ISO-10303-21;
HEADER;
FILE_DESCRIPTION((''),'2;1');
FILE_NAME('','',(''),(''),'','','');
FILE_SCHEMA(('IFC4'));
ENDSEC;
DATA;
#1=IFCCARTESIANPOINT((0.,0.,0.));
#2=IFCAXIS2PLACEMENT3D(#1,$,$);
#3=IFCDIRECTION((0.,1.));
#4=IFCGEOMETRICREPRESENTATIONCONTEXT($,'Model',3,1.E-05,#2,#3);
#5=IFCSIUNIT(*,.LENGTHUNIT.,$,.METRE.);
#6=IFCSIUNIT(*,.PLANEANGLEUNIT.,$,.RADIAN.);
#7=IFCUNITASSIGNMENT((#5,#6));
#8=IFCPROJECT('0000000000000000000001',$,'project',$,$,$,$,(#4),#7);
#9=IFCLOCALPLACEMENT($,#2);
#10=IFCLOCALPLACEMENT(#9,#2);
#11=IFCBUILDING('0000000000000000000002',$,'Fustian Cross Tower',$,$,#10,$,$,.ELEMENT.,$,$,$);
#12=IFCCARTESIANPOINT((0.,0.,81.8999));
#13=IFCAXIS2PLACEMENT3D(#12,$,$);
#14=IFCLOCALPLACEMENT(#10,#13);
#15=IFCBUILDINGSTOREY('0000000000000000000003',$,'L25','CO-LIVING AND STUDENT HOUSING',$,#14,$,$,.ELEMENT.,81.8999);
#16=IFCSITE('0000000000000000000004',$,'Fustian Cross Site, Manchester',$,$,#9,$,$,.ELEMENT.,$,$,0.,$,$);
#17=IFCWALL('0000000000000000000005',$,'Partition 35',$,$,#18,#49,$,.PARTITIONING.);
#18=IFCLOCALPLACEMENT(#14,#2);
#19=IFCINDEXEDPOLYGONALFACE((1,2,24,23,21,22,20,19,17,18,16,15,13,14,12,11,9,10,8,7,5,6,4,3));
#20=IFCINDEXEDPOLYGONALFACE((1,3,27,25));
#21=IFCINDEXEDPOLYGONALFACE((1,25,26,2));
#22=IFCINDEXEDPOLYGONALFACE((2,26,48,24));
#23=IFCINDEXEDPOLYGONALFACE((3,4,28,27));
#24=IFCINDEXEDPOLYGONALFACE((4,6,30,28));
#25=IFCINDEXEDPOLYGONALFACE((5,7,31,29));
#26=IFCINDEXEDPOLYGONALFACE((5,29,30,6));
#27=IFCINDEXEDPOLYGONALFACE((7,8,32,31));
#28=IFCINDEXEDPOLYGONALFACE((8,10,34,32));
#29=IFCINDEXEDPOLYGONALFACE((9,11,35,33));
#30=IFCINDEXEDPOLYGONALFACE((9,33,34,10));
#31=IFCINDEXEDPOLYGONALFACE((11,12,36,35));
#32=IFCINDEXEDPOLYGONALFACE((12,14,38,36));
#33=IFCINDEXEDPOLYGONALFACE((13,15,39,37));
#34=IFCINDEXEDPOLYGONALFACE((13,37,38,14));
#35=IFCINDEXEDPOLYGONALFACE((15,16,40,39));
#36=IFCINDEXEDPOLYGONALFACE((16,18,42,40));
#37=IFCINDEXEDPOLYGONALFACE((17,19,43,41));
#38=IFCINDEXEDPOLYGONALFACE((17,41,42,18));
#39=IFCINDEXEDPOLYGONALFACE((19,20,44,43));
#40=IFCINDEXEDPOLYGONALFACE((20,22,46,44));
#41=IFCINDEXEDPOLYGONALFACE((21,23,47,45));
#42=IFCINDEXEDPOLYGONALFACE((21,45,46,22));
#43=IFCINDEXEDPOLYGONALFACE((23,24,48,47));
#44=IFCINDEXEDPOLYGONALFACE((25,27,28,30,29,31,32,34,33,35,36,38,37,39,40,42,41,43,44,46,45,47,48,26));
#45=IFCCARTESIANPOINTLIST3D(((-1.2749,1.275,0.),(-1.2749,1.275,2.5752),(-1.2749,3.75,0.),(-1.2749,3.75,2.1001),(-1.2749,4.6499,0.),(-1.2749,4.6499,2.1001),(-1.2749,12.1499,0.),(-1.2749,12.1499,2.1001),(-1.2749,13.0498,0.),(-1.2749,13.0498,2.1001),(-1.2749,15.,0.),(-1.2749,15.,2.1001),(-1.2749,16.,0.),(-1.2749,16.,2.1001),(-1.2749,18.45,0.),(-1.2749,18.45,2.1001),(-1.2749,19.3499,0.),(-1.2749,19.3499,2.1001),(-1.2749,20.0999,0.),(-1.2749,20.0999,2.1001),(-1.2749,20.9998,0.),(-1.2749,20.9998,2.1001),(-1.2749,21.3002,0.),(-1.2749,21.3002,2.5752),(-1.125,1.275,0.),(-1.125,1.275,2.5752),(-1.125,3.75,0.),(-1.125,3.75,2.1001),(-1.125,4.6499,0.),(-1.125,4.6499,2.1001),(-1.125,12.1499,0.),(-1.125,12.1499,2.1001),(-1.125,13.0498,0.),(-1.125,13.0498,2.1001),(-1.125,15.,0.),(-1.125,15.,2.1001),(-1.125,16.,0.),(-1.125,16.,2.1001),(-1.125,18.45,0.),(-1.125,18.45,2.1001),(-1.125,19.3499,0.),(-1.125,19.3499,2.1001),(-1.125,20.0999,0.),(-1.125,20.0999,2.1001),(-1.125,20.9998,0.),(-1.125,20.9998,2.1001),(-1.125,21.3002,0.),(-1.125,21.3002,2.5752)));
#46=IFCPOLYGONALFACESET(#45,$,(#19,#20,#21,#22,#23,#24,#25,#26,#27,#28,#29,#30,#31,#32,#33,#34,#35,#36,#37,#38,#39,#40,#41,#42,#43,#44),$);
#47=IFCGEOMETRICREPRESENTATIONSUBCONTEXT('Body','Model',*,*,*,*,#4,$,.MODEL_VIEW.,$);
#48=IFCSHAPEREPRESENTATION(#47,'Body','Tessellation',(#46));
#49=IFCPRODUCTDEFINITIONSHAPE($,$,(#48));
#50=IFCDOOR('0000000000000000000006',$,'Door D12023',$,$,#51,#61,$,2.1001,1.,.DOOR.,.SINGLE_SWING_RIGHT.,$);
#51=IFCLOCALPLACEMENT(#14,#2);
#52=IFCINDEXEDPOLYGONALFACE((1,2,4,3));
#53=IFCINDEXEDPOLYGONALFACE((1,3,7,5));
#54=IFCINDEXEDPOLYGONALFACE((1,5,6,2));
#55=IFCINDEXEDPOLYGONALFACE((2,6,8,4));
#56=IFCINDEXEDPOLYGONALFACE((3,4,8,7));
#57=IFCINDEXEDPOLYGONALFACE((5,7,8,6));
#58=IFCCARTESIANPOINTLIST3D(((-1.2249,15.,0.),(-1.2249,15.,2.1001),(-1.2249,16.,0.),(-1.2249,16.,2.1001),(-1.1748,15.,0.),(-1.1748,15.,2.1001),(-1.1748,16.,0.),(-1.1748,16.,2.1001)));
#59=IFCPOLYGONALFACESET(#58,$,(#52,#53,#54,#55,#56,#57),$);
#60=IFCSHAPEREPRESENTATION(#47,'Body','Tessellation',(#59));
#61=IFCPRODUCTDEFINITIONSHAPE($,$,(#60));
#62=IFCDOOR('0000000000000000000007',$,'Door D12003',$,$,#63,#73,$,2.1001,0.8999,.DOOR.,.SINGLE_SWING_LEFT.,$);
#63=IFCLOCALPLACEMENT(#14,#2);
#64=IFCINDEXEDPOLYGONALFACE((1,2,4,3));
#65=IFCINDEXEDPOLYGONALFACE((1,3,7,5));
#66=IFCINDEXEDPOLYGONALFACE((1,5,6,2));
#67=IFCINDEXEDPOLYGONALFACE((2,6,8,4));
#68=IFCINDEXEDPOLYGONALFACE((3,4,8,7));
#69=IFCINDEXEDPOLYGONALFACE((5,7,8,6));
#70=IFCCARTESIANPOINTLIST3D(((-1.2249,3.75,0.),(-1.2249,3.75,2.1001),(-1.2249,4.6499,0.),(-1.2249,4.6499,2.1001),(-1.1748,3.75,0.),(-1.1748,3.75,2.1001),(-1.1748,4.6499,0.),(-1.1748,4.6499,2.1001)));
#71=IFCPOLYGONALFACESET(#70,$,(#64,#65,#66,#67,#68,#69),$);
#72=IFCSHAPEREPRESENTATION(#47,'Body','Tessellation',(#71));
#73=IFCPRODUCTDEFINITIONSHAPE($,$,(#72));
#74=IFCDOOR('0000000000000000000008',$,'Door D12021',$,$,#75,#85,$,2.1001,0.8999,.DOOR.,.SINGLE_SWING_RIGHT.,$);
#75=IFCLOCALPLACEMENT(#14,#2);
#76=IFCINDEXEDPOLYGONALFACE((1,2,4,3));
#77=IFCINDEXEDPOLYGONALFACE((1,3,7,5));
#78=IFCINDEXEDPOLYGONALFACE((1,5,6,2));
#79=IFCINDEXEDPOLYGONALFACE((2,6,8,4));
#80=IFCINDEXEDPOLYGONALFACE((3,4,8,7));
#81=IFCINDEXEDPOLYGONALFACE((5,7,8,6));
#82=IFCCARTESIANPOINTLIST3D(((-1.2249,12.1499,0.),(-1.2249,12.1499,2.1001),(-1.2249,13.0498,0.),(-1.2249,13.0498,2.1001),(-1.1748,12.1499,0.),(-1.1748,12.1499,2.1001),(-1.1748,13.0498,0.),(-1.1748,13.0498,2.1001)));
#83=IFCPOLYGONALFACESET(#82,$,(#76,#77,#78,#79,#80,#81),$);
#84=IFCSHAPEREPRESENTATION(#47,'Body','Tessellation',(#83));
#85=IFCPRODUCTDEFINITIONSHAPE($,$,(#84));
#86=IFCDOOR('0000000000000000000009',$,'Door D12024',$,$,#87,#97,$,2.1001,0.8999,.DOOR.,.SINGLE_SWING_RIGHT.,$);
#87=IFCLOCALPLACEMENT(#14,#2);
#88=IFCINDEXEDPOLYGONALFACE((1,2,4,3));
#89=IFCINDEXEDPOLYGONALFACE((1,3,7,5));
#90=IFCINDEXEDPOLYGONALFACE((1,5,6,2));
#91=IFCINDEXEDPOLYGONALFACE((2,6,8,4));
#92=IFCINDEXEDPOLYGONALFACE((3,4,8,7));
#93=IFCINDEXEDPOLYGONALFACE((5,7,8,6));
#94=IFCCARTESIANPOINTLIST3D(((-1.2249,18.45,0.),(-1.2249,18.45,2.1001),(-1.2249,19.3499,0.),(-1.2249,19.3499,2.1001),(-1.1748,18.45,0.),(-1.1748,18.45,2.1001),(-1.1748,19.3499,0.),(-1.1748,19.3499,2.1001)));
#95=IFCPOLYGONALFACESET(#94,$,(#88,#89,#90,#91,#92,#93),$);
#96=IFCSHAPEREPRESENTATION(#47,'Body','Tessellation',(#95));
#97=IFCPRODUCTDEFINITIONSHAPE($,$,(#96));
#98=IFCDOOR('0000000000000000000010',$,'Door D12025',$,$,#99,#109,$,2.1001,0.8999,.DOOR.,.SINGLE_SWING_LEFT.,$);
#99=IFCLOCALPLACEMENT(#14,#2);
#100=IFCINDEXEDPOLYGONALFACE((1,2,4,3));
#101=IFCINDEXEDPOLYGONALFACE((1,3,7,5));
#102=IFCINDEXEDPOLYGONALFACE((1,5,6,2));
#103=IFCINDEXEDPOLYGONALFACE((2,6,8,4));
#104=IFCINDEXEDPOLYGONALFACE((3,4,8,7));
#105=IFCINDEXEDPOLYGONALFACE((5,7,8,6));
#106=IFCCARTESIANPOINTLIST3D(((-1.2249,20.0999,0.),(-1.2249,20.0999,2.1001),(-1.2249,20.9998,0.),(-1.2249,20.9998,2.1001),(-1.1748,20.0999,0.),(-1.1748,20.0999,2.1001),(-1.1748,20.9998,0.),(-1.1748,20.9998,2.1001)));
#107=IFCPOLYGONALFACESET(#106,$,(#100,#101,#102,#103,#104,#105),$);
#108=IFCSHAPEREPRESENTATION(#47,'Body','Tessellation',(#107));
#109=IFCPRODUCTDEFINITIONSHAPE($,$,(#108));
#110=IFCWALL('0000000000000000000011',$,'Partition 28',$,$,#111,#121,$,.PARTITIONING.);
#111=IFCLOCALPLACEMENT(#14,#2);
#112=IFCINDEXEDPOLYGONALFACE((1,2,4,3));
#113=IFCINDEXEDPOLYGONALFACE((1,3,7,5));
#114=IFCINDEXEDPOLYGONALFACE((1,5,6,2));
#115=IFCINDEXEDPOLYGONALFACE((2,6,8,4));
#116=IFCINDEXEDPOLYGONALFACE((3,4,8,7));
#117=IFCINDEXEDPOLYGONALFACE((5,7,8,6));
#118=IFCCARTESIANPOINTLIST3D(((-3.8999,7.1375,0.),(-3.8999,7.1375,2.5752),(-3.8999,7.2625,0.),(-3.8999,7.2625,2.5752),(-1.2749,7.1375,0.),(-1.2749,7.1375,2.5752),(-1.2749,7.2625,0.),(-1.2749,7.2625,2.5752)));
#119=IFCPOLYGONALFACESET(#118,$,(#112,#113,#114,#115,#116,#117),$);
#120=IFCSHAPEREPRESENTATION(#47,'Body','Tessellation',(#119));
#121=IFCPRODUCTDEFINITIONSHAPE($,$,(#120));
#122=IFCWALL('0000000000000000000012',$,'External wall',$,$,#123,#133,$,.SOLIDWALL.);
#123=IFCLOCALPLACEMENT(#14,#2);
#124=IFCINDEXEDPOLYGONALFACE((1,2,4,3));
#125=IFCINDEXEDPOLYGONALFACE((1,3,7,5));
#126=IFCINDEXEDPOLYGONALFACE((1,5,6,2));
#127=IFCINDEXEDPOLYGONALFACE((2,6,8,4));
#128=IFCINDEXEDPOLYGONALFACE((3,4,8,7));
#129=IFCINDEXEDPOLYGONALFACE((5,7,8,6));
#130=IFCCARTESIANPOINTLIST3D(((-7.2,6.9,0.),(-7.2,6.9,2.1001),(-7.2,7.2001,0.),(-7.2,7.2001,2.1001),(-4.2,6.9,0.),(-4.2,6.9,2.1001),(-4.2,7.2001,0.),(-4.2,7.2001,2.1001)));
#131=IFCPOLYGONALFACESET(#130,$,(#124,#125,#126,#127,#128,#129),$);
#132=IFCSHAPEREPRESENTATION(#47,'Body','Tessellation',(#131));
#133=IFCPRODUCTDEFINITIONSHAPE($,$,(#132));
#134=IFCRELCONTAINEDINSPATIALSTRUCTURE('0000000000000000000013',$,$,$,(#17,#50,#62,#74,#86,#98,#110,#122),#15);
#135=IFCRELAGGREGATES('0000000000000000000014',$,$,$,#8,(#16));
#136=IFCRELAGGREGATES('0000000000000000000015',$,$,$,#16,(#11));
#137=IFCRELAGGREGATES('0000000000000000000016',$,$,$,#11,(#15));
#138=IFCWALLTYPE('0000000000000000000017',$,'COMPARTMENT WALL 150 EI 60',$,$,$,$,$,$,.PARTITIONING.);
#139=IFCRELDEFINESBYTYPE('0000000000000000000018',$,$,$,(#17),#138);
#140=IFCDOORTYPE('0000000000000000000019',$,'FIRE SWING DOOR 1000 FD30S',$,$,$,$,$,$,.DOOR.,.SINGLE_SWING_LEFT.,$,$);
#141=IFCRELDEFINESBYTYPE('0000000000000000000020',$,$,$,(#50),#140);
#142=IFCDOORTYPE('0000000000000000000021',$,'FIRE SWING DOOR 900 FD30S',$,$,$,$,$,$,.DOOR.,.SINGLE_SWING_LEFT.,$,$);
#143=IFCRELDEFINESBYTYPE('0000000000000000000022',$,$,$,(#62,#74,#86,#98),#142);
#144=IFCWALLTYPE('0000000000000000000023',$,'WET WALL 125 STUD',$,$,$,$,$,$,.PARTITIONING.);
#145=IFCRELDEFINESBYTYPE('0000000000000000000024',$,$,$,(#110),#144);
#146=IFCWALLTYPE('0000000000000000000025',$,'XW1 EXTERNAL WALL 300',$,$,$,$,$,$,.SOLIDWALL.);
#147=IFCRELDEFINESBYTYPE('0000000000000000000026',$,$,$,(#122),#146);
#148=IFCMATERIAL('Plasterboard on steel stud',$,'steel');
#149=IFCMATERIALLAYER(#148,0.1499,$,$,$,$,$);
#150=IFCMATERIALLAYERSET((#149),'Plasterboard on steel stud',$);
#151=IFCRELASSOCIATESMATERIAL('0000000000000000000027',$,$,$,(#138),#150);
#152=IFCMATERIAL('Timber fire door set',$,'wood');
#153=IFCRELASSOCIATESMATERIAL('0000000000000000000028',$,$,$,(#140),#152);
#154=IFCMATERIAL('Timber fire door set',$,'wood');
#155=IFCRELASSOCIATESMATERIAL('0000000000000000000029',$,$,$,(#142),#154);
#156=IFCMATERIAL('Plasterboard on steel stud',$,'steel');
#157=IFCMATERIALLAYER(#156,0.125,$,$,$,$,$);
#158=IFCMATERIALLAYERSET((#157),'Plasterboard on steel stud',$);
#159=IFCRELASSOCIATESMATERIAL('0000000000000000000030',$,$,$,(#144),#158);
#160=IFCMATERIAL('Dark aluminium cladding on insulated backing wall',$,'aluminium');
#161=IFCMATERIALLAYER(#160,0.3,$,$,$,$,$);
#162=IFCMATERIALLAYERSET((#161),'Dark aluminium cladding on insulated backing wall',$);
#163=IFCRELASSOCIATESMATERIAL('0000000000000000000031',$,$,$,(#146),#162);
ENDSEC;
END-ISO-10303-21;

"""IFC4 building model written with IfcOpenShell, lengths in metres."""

from ifc_helpers import new_model, si_unit, direction, frame, frame_2d, origin, place, context, subcontext, project, spatial, rectangle, extrude, material, layer, layer_set, type_object, element, fill, save


model = new_model("IFC4")

# Units and contexts
model_context = context("Model", 3, precision=1e-05, world=origin(), true_north=direction((0.0, 1.0)))
body_context = subcontext(model_context, "Body", "Model", "MODEL_VIEW")
ifc_project = project(units=[si_unit("LENGTHUNIT", "METRE"), si_unit("PLANEANGLEUNIT", "RADIAN")], contexts=[model_context])

# Site, building, storey
site_placement = place(None, origin())
site = spatial("IfcSite", under=ifc_project, at=site_placement, Name="Fustian Cross Site, Manchester", CompositionType="ELEMENT", RefElevation=0.0)
building_placement = place(site_placement, origin())
building = spatial("IfcBuilding", under=site, at=building_placement, Name="Fustian Cross Tower", CompositionType="ELEMENT")
storey_placement = place(building_placement, frame((0.0, 0.0, 81.8999)))
storey = spatial("IfcBuildingStorey", under=building, at=storey_placement, Name="L25", Description="CO-LIVING AND STUDENT HOUSING", CompositionType="ELEMENT", Elevation=81.8999)

# Wall, openings, doors
ifc_material_1 = material(Name="Plasterboard on steel stud", Category="steel")
ifc_layer_1 = layer(ifc_material_1, 0.1499)
ifc_layer_set_1 = layer_set([ifc_layer_1], Name="Plasterboard on steel stud")
wall_type_1 = type_object("IfcWallType", Name="COMPARTMENT WALL 150 EI 60", PredefinedType="PARTITIONING", material=ifc_layer_set_1)
wall_1_placement = place(storey_placement, frame((-1.2, 1.2749, 0.0), z_axis=(0.0, 0.0, 1.0), x_axis=(0.0, 1.0, 0.0)))
wall_1 = element("IfcWall", 1, at=wall_1_placement, inside=storey, type_object=wall_type_1, Name="Partition 35", PredefinedType="PARTITIONING", context=body_context, shape_type="SweptSolid", body=[
    extrude(rectangle(XDim=20.0251, YDim=0.1499, at=frame_2d((10.0127, 0.0))), origin(), (0.0, 0.0, 1.0), 2.5752),
])
opening_1_placement = place(wall_1_placement, frame((2.4751, 0.0, 0.0)))
opening_1 = element("IfcOpeningElement", 2, at=opening_1_placement, cuts=wall_1, PredefinedType="OPENING", context=body_context, shape_type="SweptSolid", body=[
    extrude(rectangle(XDim=0.8999, YDim=2.1001, at=frame_2d((0.45, 1.05))), frame((0.0, 0.085, 0.0), z_axis=(0.0, -1.0, 0.0), x_axis=(1.0, 0.0, 0.0)), (0.0, 0.0, 1.0), 0.1699),
])
opening_2_placement = place(wall_1_placement, frame((10.875, 0.0, 0.0)))
opening_2 = element("IfcOpeningElement", 3, at=opening_2_placement, cuts=wall_1, PredefinedType="OPENING", context=body_context, shape_type="SweptSolid", body=[
    extrude(rectangle(XDim=0.8999, YDim=2.1001, at=frame_2d((0.45, 1.05))), frame((0.0, 0.085, 0.0), z_axis=(0.0, -1.0, 0.0), x_axis=(1.0, 0.0, 0.0)), (0.0, 0.0, 1.0), 0.1699),
])
opening_3_placement = place(wall_1_placement, frame((13.7251, 0.0, 0.0)))
opening_3 = element("IfcOpeningElement", 4, at=opening_3_placement, cuts=wall_1, PredefinedType="OPENING", context=body_context, shape_type="SweptSolid", body=[
    extrude(rectangle(XDim=1.0, YDim=2.1001, at=frame_2d((0.5, 1.05))), frame((0.0, 0.085, 0.0), z_axis=(0.0, -1.0, 0.0), x_axis=(1.0, 0.0, 0.0)), (0.0, 0.0, 1.0), 0.1699),
])
opening_4_placement = place(wall_1_placement, frame((17.175, 0.0, 0.0)))
opening_4 = element("IfcOpeningElement", 5, at=opening_4_placement, cuts=wall_1, PredefinedType="OPENING", context=body_context, shape_type="SweptSolid", body=[
    extrude(rectangle(XDim=0.8999, YDim=2.1001, at=frame_2d((0.45, 1.05))), frame((0.0, 0.085, 0.0), z_axis=(0.0, -1.0, 0.0), x_axis=(1.0, 0.0, 0.0)), (0.0, 0.0, 1.0), 0.1699),
])
opening_5_placement = place(wall_1_placement, frame((18.825, 0.0, 0.0)))
opening_5 = element("IfcOpeningElement", 6, at=opening_5_placement, cuts=wall_1, PredefinedType="OPENING", context=body_context, shape_type="SweptSolid", body=[
    extrude(rectangle(XDim=0.8999, YDim=2.1001, at=frame_2d((0.45, 1.05))), frame((0.0, 0.085, 0.0), z_axis=(0.0, -1.0, 0.0), x_axis=(1.0, 0.0, 0.0)), (0.0, 0.0, 1.0), 0.1699),
])
ifc_material_2 = material(Name="Timber fire door set", Category="wood")
door_type_1 = type_object("IfcDoorType", Name="FIRE SWING DOOR 1000 FD30S", OperationType="SINGLE_SWING_LEFT", PredefinedType="DOOR", material=ifc_material_2)
door_1_placement = place(opening_3_placement, origin())
door_1 = element("IfcDoor", 7, at=door_1_placement, inside=storey, type_object=door_type_1, Name="Door D12023", OperationType="SINGLE_SWING_RIGHT", OverallHeight=2.1001, OverallWidth=1.0, PredefinedType="DOOR", context=body_context, shape_type="SweptSolid", body=[
    extrude(rectangle(XDim=1.0, YDim=2.1001, at=frame_2d((0.5, 1.05))), frame((0.0, 0.0249, 0.0), z_axis=(0.0, -1.0, 0.0), x_axis=(1.0, 0.0, 0.0)), (0.0, 0.0, 1.0), 0.05),
])
fill(opening_3, door_1)
ifc_material_3 = material(Name="Timber fire door set", Category="wood")
door_type_2 = type_object("IfcDoorType", Name="FIRE SWING DOOR 900 FD30S", OperationType="SINGLE_SWING_LEFT", PredefinedType="DOOR", material=ifc_material_3)
door_2_placement = place(opening_1_placement, origin())
door_2 = element("IfcDoor", 8, at=door_2_placement, inside=storey, type_object=door_type_2, Name="Door D12003", OperationType="SINGLE_SWING_LEFT", OverallHeight=2.1001, OverallWidth=0.8999, PredefinedType="DOOR", context=body_context, shape_type="SweptSolid", body=[
    extrude(rectangle(XDim=0.8999, YDim=2.1001, at=frame_2d((0.45, 1.05))), frame((0.0, 0.0249, 0.0), z_axis=(0.0, -1.0, 0.0), x_axis=(1.0, 0.0, 0.0)), (0.0, 0.0, 1.0), 0.05),
])
fill(opening_1, door_2)
door_3_placement = place(opening_2_placement, origin())
door_3 = element("IfcDoor", 9, at=door_3_placement, inside=storey, type_object=door_type_2, Name="Door D12021", OperationType="SINGLE_SWING_RIGHT", OverallHeight=2.1001, OverallWidth=0.8999, PredefinedType="DOOR", context=body_context, shape_type="SweptSolid", body=[
    extrude(rectangle(XDim=0.8999, YDim=2.1001, at=frame_2d((0.45, 1.05))), frame((0.0, 0.0249, 0.0), z_axis=(0.0, -1.0, 0.0), x_axis=(1.0, 0.0, 0.0)), (0.0, 0.0, 1.0), 0.05),
])
fill(opening_2, door_3)
door_4_placement = place(opening_4_placement, origin())
door_4 = element("IfcDoor", 10, at=door_4_placement, inside=storey, type_object=door_type_2, Name="Door D12024", OperationType="SINGLE_SWING_RIGHT", OverallHeight=2.1001, OverallWidth=0.8999, PredefinedType="DOOR", context=body_context, shape_type="SweptSolid", body=[
    extrude(rectangle(XDim=0.8999, YDim=2.1001, at=frame_2d((0.45, 1.05))), frame((0.0, 0.0249, 0.0), z_axis=(0.0, -1.0, 0.0), x_axis=(1.0, 0.0, 0.0)), (0.0, 0.0, 1.0), 0.05),
])
fill(opening_4, door_4)
door_5_placement = place(opening_5_placement, origin())
door_5 = element("IfcDoor", 11, at=door_5_placement, inside=storey, type_object=door_type_2, Name="Door D12025", OperationType="SINGLE_SWING_LEFT", OverallHeight=2.1001, OverallWidth=0.8999, PredefinedType="DOOR", context=body_context, shape_type="SweptSolid", body=[
    extrude(rectangle(XDim=0.8999, YDim=2.1001, at=frame_2d((0.45, 1.05))), frame((0.0, 0.0249, 0.0), z_axis=(0.0, -1.0, 0.0), x_axis=(1.0, 0.0, 0.0)), (0.0, 0.0, 1.0), 0.05),
])
fill(opening_5, door_5)

# Walls
ifc_material_4 = material(Name="Plasterboard on steel stud", Category="steel")
ifc_layer_2 = layer(ifc_material_4, 0.125)
ifc_layer_set_2 = layer_set([ifc_layer_2], Name="Plasterboard on steel stud")
wall_type_2 = type_object("IfcWallType", Name="WET WALL 125 STUD", PredefinedType="PARTITIONING", material=ifc_layer_set_2)
wall_2_placement = place(storey_placement, frame((-3.8999, 7.2, 0.0), z_axis=(0.0, 0.0, 1.0), x_axis=(1.0, 0.0, 0.0)))
element("IfcWall", 12, at=wall_2_placement, inside=storey, type_object=wall_type_2, Name="Partition 28", PredefinedType="PARTITIONING", context=body_context, shape_type="SweptSolid", body=[
    extrude(rectangle(XDim=2.625, YDim=0.125, at=frame_2d((1.3125, 0.0))), origin(), (0.0, 0.0, 1.0), 2.5752),
])
ifc_material_5 = material(Name="Dark aluminium cladding on insulated backing wall", Category="aluminium")
ifc_layer_3 = layer(ifc_material_5, 0.3)
ifc_layer_set_3 = layer_set([ifc_layer_3], Name="Dark aluminium cladding on insulated backing wall")
wall_type_3 = type_object("IfcWallType", Name="XW1 EXTERNAL WALL 300", PredefinedType="SOLIDWALL", material=ifc_layer_set_3)
wall_3_placement = place(storey_placement, frame((-4.2, 7.05, 0.0), z_axis=(0.0, 0.0, 1.0), x_axis=(-1.0, 0.0, 0.0)))
element("IfcWall", 13, at=wall_3_placement, inside=storey, type_object=wall_type_3, Name="External wall", PredefinedType="SOLIDWALL", context=body_context, shape_type="SweptSolid", body=[
    extrude(rectangle(XDim=3.0, YDim=0.3, at=frame_2d((1.5, 0.0))), origin(), (0.0, 0.0, 1.0), 2.1001),
])

save(model, "model.ifc")
